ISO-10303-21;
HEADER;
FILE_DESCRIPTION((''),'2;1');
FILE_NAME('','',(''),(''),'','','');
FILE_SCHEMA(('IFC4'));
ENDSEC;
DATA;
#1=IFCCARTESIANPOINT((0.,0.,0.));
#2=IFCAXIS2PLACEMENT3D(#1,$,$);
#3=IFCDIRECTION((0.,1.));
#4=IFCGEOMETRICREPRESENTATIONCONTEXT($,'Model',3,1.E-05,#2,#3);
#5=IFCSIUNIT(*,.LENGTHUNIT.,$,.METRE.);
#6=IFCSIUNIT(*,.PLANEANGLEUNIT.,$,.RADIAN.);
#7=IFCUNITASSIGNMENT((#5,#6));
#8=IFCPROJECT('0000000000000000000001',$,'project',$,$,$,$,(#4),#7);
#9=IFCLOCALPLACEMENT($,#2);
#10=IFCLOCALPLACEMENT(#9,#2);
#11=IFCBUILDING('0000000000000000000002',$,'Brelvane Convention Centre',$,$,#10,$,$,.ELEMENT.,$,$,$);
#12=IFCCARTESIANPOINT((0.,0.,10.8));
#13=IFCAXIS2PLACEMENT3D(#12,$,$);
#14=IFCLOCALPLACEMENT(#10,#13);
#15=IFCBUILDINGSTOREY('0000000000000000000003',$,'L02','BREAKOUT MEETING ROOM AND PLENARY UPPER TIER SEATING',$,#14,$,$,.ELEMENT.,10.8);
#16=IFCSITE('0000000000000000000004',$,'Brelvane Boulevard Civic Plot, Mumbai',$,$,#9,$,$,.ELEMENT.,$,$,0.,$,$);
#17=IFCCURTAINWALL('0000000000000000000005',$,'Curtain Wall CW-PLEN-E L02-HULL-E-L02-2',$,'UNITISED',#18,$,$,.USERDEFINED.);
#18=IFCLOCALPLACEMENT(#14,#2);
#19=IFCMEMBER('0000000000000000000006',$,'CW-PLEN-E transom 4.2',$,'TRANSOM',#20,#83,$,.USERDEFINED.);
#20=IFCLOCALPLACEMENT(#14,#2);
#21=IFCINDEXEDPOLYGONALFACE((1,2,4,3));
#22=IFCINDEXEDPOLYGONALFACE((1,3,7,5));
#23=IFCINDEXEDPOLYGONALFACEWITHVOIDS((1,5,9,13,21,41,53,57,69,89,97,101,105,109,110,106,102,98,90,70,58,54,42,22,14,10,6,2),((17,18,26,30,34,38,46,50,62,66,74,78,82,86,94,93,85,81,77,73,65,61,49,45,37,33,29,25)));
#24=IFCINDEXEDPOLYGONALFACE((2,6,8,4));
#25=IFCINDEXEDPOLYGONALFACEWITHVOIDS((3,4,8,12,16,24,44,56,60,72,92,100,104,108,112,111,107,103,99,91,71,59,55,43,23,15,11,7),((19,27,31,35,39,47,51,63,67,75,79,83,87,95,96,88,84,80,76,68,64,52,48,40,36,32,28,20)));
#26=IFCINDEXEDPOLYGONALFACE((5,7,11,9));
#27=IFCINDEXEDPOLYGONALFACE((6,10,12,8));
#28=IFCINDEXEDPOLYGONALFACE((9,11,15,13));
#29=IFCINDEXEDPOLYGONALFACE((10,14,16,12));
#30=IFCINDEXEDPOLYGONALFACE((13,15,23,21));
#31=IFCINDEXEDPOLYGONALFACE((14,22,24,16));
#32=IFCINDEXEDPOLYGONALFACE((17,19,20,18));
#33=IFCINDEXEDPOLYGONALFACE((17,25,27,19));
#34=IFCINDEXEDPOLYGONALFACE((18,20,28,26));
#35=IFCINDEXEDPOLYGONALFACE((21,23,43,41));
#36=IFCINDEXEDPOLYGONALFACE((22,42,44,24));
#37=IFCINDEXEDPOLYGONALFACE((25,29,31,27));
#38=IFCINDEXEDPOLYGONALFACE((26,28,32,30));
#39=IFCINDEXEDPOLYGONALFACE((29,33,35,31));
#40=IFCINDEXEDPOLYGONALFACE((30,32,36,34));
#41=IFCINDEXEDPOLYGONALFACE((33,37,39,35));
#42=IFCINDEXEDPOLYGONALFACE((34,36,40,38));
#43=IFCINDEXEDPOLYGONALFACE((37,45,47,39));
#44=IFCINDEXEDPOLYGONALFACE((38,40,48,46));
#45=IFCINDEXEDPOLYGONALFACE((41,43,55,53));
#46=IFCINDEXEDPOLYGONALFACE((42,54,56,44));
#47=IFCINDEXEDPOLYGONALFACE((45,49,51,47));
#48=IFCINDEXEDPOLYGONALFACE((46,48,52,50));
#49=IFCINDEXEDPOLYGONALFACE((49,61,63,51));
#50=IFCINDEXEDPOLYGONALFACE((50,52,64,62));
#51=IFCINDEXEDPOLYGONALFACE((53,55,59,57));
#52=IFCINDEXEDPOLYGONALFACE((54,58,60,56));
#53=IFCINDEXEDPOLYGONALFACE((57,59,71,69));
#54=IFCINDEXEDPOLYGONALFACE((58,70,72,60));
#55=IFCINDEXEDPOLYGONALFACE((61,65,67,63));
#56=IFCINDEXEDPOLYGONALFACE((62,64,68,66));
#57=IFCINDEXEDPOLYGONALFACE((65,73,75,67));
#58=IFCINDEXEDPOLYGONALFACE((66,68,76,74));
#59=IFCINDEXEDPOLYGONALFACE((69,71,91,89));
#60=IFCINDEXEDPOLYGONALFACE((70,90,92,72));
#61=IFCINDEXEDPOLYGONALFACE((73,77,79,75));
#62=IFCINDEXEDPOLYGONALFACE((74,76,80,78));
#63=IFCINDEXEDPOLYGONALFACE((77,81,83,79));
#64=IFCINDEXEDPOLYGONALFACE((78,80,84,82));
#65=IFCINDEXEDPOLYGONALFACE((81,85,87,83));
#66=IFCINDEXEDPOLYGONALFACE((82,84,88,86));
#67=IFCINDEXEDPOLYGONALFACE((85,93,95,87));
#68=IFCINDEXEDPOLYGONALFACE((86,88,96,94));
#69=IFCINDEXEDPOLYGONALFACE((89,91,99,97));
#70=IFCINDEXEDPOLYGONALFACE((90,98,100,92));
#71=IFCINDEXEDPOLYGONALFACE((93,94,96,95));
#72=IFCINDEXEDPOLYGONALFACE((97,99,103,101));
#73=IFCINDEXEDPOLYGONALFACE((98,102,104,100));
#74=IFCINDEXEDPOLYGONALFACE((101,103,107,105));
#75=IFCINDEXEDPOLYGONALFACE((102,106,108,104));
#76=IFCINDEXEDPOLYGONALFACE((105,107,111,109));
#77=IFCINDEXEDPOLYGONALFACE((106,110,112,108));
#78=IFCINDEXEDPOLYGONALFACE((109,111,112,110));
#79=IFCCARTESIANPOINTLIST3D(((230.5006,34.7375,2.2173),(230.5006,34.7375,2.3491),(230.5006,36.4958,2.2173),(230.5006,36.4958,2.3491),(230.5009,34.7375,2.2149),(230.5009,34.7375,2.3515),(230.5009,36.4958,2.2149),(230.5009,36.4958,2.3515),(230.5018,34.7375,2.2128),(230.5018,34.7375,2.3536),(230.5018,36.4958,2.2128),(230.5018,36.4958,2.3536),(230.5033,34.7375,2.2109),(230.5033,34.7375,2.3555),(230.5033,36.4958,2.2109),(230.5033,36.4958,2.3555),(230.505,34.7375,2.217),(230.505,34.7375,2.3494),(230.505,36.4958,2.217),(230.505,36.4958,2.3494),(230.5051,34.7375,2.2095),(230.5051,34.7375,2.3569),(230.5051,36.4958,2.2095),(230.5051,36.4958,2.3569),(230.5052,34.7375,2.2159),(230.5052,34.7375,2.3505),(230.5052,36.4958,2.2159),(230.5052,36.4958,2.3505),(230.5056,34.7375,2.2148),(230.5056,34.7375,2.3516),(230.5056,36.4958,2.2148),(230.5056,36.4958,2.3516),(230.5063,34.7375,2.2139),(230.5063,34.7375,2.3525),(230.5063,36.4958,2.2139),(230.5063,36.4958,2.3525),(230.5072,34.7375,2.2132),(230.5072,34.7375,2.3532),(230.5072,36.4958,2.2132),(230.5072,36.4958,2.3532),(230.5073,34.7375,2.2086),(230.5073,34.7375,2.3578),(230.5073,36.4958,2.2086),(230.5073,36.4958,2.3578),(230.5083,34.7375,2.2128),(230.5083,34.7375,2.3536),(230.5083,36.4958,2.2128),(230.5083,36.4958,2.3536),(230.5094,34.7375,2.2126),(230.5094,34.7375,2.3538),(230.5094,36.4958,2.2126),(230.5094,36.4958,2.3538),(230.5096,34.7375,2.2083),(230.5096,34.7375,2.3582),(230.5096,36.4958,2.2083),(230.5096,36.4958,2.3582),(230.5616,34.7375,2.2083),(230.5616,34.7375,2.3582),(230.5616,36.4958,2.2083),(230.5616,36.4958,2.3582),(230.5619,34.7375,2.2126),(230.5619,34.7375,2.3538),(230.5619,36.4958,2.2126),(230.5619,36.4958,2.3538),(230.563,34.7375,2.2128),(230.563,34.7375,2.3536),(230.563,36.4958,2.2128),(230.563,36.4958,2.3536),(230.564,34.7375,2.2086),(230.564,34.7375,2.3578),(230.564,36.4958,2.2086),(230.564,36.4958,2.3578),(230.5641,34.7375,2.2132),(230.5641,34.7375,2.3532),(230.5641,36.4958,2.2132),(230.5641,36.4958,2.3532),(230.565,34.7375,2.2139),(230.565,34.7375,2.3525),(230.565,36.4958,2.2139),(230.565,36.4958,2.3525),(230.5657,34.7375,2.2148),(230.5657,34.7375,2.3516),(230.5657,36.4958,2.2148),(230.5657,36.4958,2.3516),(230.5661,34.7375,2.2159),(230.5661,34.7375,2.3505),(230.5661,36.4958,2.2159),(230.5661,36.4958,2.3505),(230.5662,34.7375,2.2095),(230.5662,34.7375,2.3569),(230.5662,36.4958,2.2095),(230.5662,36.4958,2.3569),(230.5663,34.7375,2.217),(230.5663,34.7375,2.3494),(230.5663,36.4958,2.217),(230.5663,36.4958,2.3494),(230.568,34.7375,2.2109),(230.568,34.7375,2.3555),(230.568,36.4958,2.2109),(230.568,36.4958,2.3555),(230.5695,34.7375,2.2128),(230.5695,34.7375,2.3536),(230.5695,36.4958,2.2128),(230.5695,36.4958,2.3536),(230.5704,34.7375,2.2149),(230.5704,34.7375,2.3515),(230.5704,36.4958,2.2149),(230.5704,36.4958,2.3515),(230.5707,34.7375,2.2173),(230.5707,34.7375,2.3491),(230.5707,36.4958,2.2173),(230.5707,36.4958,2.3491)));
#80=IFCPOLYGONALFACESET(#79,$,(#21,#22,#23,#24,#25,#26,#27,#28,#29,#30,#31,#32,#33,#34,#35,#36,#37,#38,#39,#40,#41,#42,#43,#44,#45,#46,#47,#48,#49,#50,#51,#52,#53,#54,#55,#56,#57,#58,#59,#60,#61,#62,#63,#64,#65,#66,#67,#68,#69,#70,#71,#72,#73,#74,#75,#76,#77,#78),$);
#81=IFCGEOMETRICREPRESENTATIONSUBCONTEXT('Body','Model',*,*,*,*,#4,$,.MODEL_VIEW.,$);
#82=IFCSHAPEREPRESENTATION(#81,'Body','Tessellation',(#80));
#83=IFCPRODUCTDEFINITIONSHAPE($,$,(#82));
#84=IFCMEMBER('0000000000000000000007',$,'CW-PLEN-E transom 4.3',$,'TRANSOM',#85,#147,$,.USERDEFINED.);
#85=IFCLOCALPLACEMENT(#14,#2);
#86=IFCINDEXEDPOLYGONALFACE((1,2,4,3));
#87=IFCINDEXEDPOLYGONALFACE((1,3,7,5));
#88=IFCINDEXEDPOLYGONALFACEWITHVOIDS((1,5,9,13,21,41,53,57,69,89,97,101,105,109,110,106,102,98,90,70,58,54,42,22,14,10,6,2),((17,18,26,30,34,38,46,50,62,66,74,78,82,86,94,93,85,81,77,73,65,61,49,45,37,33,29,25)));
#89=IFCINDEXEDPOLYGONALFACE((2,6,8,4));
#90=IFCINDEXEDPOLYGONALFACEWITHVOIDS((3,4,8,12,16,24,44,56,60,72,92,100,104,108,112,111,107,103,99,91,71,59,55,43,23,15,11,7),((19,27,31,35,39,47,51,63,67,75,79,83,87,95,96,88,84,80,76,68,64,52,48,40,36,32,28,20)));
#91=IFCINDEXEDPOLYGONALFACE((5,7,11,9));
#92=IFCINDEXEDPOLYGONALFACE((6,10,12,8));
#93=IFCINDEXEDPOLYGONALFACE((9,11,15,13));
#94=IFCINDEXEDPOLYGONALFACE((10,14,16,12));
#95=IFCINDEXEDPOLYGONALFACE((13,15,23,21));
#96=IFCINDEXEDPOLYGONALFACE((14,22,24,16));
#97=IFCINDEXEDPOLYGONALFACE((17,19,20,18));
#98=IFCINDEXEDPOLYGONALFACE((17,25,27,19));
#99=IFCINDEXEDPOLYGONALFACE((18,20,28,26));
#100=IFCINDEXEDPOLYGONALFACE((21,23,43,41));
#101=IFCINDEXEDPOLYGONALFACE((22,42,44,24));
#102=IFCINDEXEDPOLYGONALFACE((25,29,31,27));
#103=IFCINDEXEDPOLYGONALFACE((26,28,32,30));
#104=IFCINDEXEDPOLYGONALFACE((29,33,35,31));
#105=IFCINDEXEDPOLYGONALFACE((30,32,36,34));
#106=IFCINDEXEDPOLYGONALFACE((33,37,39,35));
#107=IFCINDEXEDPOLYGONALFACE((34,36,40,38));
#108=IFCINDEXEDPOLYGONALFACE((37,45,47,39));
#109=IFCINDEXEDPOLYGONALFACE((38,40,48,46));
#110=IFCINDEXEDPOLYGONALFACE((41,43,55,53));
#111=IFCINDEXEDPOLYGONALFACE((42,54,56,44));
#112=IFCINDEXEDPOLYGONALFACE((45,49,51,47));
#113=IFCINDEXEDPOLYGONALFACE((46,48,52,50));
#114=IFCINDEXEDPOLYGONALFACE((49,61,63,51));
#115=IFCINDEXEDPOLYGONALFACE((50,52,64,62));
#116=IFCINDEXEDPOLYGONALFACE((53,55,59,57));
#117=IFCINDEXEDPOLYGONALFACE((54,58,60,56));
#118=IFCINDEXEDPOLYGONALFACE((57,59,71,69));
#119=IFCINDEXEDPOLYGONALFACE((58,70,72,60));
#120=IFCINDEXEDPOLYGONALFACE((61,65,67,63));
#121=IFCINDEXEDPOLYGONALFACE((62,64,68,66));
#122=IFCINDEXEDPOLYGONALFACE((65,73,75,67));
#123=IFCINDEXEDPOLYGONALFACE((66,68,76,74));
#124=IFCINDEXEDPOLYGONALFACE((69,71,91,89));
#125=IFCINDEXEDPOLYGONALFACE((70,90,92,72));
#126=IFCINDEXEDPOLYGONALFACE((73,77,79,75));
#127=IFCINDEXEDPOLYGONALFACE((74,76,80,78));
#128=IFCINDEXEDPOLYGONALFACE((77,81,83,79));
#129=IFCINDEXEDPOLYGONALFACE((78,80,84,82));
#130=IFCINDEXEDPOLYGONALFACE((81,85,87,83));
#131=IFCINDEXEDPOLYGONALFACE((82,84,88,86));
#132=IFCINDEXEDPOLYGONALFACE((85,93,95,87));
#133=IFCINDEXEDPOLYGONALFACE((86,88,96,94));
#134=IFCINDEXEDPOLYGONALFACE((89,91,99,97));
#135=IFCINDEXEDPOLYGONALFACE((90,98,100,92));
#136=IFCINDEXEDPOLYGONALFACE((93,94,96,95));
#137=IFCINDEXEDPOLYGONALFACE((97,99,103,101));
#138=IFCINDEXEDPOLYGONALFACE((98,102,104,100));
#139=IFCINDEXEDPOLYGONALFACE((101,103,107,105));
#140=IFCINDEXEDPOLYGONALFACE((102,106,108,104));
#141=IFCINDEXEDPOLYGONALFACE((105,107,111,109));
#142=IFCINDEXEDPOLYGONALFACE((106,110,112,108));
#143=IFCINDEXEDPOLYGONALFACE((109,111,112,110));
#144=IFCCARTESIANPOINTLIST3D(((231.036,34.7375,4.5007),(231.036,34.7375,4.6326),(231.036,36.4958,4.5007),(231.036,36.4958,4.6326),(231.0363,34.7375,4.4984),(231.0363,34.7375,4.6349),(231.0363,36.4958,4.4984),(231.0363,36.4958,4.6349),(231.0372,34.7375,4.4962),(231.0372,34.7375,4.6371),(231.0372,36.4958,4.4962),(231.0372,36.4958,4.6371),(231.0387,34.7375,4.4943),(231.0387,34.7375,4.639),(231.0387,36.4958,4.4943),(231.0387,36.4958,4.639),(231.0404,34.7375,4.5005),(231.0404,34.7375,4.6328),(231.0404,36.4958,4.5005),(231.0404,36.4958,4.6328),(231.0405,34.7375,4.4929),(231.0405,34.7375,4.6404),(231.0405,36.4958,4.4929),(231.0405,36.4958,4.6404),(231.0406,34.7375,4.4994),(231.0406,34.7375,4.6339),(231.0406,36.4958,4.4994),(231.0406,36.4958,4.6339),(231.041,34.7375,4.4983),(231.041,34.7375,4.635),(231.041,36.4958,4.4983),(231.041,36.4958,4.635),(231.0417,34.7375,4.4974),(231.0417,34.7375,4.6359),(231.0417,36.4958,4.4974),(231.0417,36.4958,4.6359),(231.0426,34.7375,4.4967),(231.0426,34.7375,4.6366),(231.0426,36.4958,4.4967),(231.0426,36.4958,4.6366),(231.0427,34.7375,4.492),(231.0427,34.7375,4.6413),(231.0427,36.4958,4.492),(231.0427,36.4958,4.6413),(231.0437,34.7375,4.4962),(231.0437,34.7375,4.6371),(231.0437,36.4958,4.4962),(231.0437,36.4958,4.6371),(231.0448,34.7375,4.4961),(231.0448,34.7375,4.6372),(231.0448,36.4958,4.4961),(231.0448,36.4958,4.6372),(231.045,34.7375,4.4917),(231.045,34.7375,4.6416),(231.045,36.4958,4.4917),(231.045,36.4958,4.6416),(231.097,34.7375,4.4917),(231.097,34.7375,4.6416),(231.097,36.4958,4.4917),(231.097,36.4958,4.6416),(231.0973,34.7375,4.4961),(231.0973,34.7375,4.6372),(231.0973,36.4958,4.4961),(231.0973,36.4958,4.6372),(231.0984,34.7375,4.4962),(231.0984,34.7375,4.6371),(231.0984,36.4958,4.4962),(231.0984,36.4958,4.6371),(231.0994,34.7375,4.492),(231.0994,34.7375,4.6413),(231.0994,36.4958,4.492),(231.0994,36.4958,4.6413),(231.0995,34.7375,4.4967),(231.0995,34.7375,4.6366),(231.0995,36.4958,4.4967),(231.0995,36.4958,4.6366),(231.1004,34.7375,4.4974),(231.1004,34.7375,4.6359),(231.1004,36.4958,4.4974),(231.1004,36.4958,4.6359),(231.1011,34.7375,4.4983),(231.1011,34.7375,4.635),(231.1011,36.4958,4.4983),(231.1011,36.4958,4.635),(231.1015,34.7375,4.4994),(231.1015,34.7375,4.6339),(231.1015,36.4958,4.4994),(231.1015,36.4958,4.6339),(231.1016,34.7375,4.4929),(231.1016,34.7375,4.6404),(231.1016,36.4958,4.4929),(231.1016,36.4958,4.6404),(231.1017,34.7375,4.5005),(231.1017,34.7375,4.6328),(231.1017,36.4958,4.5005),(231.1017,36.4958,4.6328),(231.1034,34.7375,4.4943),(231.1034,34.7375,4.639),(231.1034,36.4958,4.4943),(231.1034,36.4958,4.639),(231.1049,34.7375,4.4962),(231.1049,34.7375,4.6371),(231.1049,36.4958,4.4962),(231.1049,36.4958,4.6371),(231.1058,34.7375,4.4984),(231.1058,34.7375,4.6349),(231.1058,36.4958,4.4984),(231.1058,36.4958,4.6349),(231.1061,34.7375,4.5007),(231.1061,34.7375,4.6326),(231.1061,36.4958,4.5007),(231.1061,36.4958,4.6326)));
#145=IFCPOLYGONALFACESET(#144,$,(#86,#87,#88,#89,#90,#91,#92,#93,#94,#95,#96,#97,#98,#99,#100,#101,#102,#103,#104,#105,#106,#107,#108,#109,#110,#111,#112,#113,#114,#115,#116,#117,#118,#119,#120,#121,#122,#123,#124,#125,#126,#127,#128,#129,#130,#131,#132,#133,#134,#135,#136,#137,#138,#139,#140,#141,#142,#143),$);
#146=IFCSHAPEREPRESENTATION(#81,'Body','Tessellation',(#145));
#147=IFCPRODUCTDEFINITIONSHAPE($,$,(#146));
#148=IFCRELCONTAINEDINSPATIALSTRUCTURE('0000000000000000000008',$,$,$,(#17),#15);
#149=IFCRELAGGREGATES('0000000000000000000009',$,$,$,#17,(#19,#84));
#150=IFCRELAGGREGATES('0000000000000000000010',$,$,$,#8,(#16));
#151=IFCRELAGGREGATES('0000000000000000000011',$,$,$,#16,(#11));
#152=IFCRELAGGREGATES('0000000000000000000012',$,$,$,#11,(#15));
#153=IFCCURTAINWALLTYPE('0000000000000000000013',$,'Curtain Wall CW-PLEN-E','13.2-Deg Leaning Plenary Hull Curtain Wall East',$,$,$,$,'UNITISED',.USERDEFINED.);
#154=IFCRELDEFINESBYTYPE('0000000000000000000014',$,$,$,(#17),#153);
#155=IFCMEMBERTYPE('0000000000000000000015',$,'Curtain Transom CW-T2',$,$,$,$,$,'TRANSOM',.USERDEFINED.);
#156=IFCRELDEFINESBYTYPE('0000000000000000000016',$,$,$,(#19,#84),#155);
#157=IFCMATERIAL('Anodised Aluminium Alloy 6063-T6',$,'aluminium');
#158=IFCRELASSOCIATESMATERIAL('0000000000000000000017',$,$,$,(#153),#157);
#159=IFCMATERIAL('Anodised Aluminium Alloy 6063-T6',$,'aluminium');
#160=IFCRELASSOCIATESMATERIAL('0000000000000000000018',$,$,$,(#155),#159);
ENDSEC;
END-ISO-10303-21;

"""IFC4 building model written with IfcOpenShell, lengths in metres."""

from ifc_helpers import new_model, si_unit, direction, frame, origin, origin_2d, place, context, subcontext, project, spatial, hollow_rectangle, extrude, material, material_profile, profile_set, type_object, element, aggregate, save


model = new_model("IFC4")

# Units and contexts
model_context = context("Model", 3, precision=1e-05, world=origin(), true_north=direction((0.0, 1.0)))
body_context = subcontext(model_context, "Body", "Model", "MODEL_VIEW")
ifc_project = project(units=[si_unit("LENGTHUNIT", "METRE"), si_unit("PLANEANGLEUNIT", "RADIAN")], contexts=[model_context])

# Site, building, storey
site_placement = place(None, origin())
site = spatial("IfcSite", under=ifc_project, at=site_placement, Name="Brelvane Boulevard Civic Plot, Mumbai", CompositionType="ELEMENT", RefElevation=0.0)
building_placement = place(site_placement, origin())
building = spatial("IfcBuilding", under=site, at=building_placement, Name="Brelvane Convention Centre", CompositionType="ELEMENT")
storey_placement = place(building_placement, frame((0.0, 0.0, 10.8)))
storey = spatial("IfcBuildingStorey", under=building, at=storey_placement, Name="L02", Description="BREAKOUT MEETING ROOM AND PLENARY UPPER TIER SEATING", CompositionType="ELEMENT", Elevation=10.8)

# Curtain wall, members
ifc_material_1 = material(Name="Anodised Aluminium Alloy 6063-T6", Category="aluminium")
curtain_wall_type = type_object("IfcCurtainWallType", Name="Curtain Wall CW-PLEN-E", Description="13.2-Deg Leaning Plenary Hull Curtain Wall East", ElementType="UNITISED", PredefinedType="USERDEFINED", material=ifc_material_1)
curtain_wall_1_placement = place(storey_placement, origin())
curtain_wall_1 = element("IfcCurtainWall", 1, at=curtain_wall_1_placement, inside=storey, type_object=curtain_wall_type, Name="Curtain Wall CW-PLEN-E L02-HULL-E-L02-2", ObjectType="UNITISED", PredefinedType="USERDEFINED")
ifc_material_2 = material(Name="Anodised Aluminium Alloy 6063-T6", Category="aluminium")
ifc_material_profile = material_profile(ifc_material_2, hollow_rectangle(XDim=0.0701, YDim=0.1499, WallThickness=0.0044, InnerFilletRadius=0.0044, OuterFilletRadius=0.009, at=origin_2d()), Name="ALU-T 150x70x4.5")
ifc_profile_set = profile_set([ifc_material_profile], Name="Anodised Aluminium Alloy 6063-T6")
member_type = type_object("IfcMemberType", Name="Curtain Transom CW-T2", ElementType="TRANSOM", PredefinedType="USERDEFINED", material=ifc_profile_set)
member_1_placement = place(storey_placement, frame((230.5356, 34.7375, 2.2832), z_axis=(0.0, 1.0, 0.0), x_axis=(-1.0, 0.0, 0.0)))
member_1 = element("IfcMember", 2, at=member_1_placement, type_object=member_type, Name="CW-PLEN-E transom 4.2", ObjectType="TRANSOM", PredefinedType="USERDEFINED", context=body_context, shape_type="SweptSolid", body=[
    extrude(hollow_rectangle(XDim=0.0701, YDim=0.1499, WallThickness=0.0044, InnerFilletRadius=0.0044, OuterFilletRadius=0.009, at=origin_2d()), origin(), (0.0, 0.0, 1.0), 1.7583),
])
member_2_placement = place(storey_placement, frame((231.071, 34.7375, 4.5667), z_axis=(0.0, 1.0, 0.0), x_axis=(-1.0, 0.0, 0.0)))
member_2 = element("IfcMember", 3, at=member_2_placement, type_object=member_type, Name="CW-PLEN-E transom 4.3", ObjectType="TRANSOM", PredefinedType="USERDEFINED", context=body_context, shape_type="SweptSolid", body=[
    extrude(hollow_rectangle(XDim=0.0701, YDim=0.1499, WallThickness=0.0044, InnerFilletRadius=0.0044, OuterFilletRadius=0.009, at=origin_2d()), origin(), (0.0, 0.0, 1.0), 1.7583),
])

aggregate(curtain_wall_1, [member_1, member_2])

save(model, "model.ifc")
